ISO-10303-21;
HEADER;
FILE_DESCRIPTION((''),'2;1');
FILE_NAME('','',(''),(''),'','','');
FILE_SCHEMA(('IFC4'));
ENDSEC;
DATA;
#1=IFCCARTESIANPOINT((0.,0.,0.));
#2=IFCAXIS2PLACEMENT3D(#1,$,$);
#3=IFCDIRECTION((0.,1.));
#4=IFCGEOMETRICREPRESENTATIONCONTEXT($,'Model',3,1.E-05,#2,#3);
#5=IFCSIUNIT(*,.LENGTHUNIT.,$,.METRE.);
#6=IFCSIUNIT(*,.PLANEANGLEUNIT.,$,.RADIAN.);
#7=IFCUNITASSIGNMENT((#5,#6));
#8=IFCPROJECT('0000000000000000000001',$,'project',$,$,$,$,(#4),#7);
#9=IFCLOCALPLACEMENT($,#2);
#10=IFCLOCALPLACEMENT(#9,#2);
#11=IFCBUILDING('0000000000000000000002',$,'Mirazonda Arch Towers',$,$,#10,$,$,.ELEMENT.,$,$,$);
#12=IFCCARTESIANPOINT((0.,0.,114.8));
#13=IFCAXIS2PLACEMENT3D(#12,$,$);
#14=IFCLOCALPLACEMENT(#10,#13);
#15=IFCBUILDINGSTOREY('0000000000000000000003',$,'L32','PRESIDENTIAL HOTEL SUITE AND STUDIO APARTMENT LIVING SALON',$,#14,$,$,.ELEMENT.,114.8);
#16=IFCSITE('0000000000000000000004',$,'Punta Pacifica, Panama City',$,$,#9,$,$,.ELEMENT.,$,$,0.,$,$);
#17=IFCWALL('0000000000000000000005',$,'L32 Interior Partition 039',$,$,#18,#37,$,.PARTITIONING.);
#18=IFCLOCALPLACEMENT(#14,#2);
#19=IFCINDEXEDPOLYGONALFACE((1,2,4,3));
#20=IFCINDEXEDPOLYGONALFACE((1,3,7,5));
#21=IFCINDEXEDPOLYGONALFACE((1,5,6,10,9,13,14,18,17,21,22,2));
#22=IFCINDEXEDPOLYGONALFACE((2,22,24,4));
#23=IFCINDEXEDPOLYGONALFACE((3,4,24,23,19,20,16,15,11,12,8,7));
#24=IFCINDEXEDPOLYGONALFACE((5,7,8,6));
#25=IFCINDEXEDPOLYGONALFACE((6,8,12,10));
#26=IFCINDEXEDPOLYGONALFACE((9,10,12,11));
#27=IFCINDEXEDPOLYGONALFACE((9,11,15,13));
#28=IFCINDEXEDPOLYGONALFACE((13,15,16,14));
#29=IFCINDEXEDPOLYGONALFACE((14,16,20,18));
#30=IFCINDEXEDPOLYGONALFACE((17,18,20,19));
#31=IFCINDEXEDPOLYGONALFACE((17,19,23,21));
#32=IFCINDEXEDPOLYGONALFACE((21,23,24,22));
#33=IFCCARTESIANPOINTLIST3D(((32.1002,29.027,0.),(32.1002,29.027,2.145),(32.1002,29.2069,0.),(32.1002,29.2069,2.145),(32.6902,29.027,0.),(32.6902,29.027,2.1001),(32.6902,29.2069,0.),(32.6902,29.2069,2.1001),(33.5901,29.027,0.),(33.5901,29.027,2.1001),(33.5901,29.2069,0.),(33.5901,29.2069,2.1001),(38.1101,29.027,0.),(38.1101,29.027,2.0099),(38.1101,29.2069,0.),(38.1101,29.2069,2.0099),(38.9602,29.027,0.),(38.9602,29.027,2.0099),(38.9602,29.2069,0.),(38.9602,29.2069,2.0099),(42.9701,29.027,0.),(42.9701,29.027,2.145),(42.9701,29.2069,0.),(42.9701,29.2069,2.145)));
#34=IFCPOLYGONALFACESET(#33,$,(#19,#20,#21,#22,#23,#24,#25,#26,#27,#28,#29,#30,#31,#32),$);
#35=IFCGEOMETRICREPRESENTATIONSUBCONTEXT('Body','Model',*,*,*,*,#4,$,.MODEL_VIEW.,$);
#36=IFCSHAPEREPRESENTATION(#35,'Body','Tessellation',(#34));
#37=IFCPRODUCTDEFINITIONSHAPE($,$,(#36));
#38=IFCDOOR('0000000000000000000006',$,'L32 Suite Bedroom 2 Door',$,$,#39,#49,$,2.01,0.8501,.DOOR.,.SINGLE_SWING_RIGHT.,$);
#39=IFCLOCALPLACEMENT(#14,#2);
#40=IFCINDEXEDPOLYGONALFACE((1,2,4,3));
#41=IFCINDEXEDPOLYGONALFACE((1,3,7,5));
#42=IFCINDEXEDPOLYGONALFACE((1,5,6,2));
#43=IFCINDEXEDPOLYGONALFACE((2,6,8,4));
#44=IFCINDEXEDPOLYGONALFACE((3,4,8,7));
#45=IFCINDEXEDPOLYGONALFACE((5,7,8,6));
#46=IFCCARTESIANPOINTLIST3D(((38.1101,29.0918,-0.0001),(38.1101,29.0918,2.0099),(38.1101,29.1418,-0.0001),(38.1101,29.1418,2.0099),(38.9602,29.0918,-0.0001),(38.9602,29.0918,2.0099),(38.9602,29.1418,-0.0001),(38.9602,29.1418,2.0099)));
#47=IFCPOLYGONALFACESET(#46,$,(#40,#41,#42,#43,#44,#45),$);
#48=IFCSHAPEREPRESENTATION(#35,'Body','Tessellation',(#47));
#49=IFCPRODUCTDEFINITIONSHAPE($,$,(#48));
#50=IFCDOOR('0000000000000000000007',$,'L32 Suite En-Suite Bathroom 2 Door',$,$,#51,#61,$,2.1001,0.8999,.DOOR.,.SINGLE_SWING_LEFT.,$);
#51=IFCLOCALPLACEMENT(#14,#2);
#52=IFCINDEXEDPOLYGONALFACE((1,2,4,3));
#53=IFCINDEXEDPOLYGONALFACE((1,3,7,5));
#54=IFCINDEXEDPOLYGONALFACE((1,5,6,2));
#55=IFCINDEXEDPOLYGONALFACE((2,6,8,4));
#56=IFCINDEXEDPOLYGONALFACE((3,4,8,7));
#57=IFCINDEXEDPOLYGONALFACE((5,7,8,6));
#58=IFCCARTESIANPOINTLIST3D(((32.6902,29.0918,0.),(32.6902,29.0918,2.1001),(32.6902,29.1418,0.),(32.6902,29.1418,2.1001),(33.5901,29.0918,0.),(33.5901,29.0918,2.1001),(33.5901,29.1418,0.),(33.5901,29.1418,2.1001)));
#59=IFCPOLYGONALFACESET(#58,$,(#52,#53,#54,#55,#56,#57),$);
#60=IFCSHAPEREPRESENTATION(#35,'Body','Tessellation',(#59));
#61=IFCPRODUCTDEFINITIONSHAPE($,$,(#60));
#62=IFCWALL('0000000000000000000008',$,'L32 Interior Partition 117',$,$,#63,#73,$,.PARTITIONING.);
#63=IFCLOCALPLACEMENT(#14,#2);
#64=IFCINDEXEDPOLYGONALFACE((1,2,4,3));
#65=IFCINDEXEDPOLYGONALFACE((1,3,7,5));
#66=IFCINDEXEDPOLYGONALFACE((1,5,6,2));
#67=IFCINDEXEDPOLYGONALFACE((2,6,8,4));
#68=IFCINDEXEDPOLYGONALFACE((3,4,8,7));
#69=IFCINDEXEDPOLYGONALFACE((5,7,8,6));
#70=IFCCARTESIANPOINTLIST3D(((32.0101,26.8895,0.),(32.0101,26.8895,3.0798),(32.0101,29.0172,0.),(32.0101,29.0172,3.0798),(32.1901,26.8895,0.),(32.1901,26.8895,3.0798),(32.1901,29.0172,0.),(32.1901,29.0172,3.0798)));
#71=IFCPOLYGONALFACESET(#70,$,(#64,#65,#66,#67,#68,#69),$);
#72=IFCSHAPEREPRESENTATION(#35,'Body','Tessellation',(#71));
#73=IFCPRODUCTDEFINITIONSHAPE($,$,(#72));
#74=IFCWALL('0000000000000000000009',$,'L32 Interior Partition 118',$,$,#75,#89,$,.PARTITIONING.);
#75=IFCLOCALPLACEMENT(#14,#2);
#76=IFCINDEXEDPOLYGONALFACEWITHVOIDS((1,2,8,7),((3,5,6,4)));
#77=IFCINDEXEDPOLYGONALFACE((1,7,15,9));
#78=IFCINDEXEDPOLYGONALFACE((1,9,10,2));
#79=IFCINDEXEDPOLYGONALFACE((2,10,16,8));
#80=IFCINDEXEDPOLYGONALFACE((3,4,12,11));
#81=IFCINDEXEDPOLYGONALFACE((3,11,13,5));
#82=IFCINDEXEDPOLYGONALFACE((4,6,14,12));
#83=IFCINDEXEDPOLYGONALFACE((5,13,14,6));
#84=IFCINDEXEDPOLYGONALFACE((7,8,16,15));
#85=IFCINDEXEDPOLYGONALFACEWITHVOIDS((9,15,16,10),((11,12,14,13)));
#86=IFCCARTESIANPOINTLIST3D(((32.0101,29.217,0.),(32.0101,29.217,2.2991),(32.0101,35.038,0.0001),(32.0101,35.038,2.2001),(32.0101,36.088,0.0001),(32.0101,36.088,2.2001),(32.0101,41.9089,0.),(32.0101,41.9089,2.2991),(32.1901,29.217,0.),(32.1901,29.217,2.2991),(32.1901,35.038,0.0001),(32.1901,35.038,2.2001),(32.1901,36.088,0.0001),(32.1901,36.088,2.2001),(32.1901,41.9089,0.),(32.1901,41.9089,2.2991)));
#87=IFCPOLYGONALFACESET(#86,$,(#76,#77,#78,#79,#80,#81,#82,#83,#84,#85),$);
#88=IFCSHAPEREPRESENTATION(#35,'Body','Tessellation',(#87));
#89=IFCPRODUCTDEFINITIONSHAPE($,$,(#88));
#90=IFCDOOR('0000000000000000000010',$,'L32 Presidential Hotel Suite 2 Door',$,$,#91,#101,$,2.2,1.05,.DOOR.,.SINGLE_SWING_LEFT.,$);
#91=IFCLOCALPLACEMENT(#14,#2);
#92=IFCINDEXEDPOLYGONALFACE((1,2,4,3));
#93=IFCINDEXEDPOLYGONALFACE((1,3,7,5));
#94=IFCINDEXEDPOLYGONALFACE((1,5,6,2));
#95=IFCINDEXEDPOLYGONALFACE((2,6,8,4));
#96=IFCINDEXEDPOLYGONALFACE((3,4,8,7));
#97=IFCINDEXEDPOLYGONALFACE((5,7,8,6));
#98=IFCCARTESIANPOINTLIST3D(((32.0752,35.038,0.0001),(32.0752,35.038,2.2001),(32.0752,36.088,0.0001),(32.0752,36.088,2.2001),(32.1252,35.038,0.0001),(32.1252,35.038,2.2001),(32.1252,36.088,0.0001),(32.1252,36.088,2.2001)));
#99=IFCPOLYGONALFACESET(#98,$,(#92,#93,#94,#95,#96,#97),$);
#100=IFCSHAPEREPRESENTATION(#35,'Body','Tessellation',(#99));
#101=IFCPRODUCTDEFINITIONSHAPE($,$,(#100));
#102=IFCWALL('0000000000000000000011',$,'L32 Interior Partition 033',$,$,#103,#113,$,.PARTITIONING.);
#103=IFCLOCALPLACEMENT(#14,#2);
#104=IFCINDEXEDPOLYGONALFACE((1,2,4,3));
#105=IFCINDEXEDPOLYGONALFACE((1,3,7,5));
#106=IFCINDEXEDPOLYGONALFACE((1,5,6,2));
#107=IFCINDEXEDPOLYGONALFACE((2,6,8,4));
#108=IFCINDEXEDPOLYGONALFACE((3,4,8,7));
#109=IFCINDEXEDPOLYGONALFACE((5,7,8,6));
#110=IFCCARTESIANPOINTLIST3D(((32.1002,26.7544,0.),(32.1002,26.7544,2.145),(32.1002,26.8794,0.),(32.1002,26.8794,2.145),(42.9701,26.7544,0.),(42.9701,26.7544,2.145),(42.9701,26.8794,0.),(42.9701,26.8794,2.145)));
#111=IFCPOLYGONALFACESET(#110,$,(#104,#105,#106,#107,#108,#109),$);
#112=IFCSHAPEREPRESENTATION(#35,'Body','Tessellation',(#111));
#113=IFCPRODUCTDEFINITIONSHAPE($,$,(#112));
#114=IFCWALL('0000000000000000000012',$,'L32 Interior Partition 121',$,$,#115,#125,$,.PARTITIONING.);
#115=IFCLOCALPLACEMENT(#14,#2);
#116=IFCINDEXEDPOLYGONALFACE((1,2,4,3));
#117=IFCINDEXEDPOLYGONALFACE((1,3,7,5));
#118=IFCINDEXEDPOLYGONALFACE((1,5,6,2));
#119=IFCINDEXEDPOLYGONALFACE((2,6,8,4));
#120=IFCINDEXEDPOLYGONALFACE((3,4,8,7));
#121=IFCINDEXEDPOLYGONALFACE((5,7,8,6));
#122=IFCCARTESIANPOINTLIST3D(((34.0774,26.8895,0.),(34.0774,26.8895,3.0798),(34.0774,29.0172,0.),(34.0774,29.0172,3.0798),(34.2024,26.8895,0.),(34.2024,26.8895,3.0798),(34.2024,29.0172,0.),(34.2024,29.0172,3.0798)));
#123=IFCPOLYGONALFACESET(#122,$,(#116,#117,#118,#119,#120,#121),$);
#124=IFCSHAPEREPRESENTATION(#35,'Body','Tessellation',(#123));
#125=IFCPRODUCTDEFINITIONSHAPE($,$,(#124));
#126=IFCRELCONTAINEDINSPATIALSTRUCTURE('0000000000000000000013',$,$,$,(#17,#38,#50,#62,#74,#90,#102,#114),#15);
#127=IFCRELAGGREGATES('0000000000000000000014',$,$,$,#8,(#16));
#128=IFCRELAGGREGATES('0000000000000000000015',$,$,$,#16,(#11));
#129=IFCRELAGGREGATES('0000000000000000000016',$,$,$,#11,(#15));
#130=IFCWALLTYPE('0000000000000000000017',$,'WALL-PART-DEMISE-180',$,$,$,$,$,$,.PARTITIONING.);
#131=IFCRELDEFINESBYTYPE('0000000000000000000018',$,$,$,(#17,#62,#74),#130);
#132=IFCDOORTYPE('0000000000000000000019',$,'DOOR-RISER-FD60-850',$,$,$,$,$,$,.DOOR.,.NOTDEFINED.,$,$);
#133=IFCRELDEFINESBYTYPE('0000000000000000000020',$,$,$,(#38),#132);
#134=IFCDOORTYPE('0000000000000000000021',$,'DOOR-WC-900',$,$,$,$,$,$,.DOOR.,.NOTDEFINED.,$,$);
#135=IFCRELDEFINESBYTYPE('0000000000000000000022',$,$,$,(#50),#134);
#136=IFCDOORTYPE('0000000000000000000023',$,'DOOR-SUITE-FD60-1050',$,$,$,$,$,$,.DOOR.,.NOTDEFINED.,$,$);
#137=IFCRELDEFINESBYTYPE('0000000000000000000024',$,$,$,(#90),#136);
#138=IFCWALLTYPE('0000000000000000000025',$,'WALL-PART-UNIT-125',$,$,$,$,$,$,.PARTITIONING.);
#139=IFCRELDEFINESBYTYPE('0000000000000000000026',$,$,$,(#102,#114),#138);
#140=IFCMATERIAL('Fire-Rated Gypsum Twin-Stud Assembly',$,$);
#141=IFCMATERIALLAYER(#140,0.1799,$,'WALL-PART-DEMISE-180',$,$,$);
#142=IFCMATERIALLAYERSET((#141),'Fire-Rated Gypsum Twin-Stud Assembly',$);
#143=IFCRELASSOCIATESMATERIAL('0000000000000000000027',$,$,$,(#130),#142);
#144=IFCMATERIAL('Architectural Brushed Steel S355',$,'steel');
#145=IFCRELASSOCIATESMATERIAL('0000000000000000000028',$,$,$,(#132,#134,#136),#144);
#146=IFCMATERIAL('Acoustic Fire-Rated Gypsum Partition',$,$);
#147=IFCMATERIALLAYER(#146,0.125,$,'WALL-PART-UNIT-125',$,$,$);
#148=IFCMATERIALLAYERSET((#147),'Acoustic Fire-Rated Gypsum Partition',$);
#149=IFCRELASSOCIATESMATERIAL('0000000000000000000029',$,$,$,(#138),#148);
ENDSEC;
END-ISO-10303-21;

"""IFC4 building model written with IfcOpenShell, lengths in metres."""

from ifc_helpers import new_model, si_unit, direction, frame, frame_2d, origin, place, context, subcontext, project, spatial, rectangle, extrude, material, layer, layer_set, type_object, element, fill, save


model = new_model("IFC4")

# Units and contexts
model_context = context("Model", 3, precision=1e-05, world=origin(), true_north=direction((0.0, 1.0)))
body_context = subcontext(model_context, "Body", "Model", "MODEL_VIEW")
ifc_project = project(units=[si_unit("LENGTHUNIT", "METRE"), si_unit("PLANEANGLEUNIT", "RADIAN")], contexts=[model_context])

# Site, building, storey
site_placement = place(None, origin())
site = spatial("IfcSite", under=ifc_project, at=site_placement, Name="Punta Pacifica, Panama City", CompositionType="ELEMENT", RefElevation=0.0)
building_placement = place(site_placement, origin())
building = spatial("IfcBuilding", under=site, at=building_placement, Name="Mirazonda Arch Towers", CompositionType="ELEMENT")
storey_placement = place(building_placement, frame((0.0, 0.0, 114.8)))
storey = spatial("IfcBuildingStorey", under=building, at=storey_placement, Name="L32", Description="PRESIDENTIAL HOTEL SUITE AND STUDIO APARTMENT LIVING SALON", CompositionType="ELEMENT", Elevation=114.8)

# Wall, openings, doors
ifc_material_1 = material(Name="Fire-Rated Gypsum Twin-Stud Assembly")
ifc_layer_1 = layer(ifc_material_1, 0.1799, Name="WALL-PART-DEMISE-180")
ifc_layer_set_1 = layer_set([ifc_layer_1], Name="Fire-Rated Gypsum Twin-Stud Assembly")
wall_type_1 = type_object("IfcWallType", Name="WALL-PART-DEMISE-180", PredefinedType="PARTITIONING", material=ifc_layer_set_1)
wall_1_placement = place(storey_placement, frame((32.1001, 29.1169, 0.0), z_axis=(0.0, 0.0, 1.0), x_axis=(1.0, 0.0, 0.0)))
wall_1 = element("IfcWall", 1, at=wall_1_placement, inside=storey, type_object=wall_type_1, Name="L32 Interior Partition 039", PredefinedType="PARTITIONING", context=body_context, shape_type="SweptSolid", body=[
    extrude(rectangle(XDim=10.8699, YDim=0.1799, at=frame_2d((5.4351, 0.0))), origin(), (0.0, 0.0, 1.0), 2.145),
])
opening_1_placement = place(wall_1_placement, frame((6.01, 0.0, 0.0)))
opening_1 = element("IfcOpeningElement", 2, at=opening_1_placement, cuts=wall_1, PredefinedType="OPENING", context=body_context, shape_type="SweptSolid", body=[
    extrude(rectangle(XDim=0.8501, YDim=2.01, at=frame_2d((0.425, 1.0049))), frame((0.0, 0.0999, 0.0), z_axis=(0.0, -1.0, 0.0), x_axis=(1.0, 0.0, 0.0)), (0.0, 0.0, 1.0), 0.2),
])
opening_2_placement = place(wall_1_placement, frame((0.5901, 0.0, 0.0)))
opening_2 = element("IfcOpeningElement", 3, at=opening_2_placement, cuts=wall_1, PredefinedType="OPENING", context=body_context, shape_type="SweptSolid", body=[
    extrude(rectangle(XDim=0.8999, YDim=2.1001, at=frame_2d((0.45, 1.05))), frame((0.0, 0.0999, 0.0), z_axis=(0.0, -1.0, 0.0), x_axis=(1.0, 0.0, 0.0)), (0.0, 0.0, 1.0), 0.2),
])
ifc_material_2 = material(Name="Architectural Brushed Steel S355", Category="steel")
door_type_1 = type_object("IfcDoorType", Name="DOOR-RISER-FD60-850", OperationType="NOTDEFINED", PredefinedType="DOOR", material=ifc_material_2)
door_1_placement = place(opening_1_placement, origin())
door_1 = element("IfcDoor", 4, at=door_1_placement, inside=storey, type_object=door_type_1, Name="L32 Suite Bedroom 2 Door", OperationType="SINGLE_SWING_RIGHT", OverallHeight=2.01, OverallWidth=0.8501, PredefinedType="DOOR", context=body_context, shape_type="SweptSolid", body=[
    extrude(rectangle(XDim=0.8501, YDim=2.01, at=frame_2d((0.425, 1.0049))), frame((0.0, 0.0249, 0.0), z_axis=(0.0, -1.0, 0.0), x_axis=(1.0, 0.0, 0.0)), (0.0, 0.0, 1.0), 0.05),
])
fill(opening_1, door_1)
door_type_2 = type_object("IfcDoorType", Name="DOOR-WC-900", OperationType="NOTDEFINED", PredefinedType="DOOR", material=ifc_material_2)
door_2_placement = place(opening_2_placement, origin())
door_2 = element("IfcDoor", 5, at=door_2_placement, inside=storey, type_object=door_type_2, Name="L32 Suite En-Suite Bathroom 2 Door", OperationType="SINGLE_SWING_LEFT", OverallHeight=2.1001, OverallWidth=0.8999, PredefinedType="DOOR", context=body_context, shape_type="SweptSolid", body=[
    extrude(rectangle(XDim=0.8999, YDim=2.1001, at=frame_2d((0.45, 1.05))), frame((0.0, 0.0249, 0.0), z_axis=(0.0, -1.0, 0.0), x_axis=(1.0, 0.0, 0.0)), (0.0, 0.0, 1.0), 0.05),
])
fill(opening_2, door_2)

# Wall
wall_2_placement = place(storey_placement, frame((32.1001, 26.8894, 0.0), z_axis=(0.0, 0.0, 1.0), x_axis=(0.0, 1.0, 0.0)))
element("IfcWall", 6, at=wall_2_placement, inside=storey, type_object=wall_type_1, Name="L32 Interior Partition 117", PredefinedType="PARTITIONING", context=body_context, shape_type="SweptSolid", body=[
    extrude(rectangle(XDim=2.1277, YDim=0.1799, at=frame_2d((1.064, 0.0))), origin(), (0.0, 0.0, 1.0), 3.0798),
])

# Wall, opening, door
wall_3_placement = place(storey_placement, frame((32.1001, 29.217, 0.0), z_axis=(0.0, 0.0, 1.0), x_axis=(0.0, 1.0, 0.0)))
wall_3 = element("IfcWall", 7, at=wall_3_placement, inside=storey, type_object=wall_type_1, Name="L32 Interior Partition 118", PredefinedType="PARTITIONING", context=body_context, shape_type="SweptSolid", body=[
    extrude(rectangle(XDim=12.6919, YDim=0.1799, at=frame_2d((6.3459, 0.0))), origin(), (0.0, 0.0, 1.0), 2.2991),
])
opening_3_placement = place(wall_3_placement, frame((5.821, 0.0, 0.0)))
opening_3 = element("IfcOpeningElement", 8, at=opening_3_placement, cuts=wall_3, PredefinedType="OPENING", context=body_context, shape_type="SweptSolid", body=[
    extrude(rectangle(XDim=1.05, YDim=2.2, at=frame_2d((0.5249, 1.1001))), frame((0.0, 0.0999, 0.0), z_axis=(0.0, -1.0, 0.0), x_axis=(1.0, 0.0, 0.0)), (0.0, 0.0, 1.0), 0.2),
])
door_type_3 = type_object("IfcDoorType", Name="DOOR-SUITE-FD60-1050", OperationType="NOTDEFINED", PredefinedType="DOOR", material=ifc_material_2)
door_3_placement = place(opening_3_placement, origin())
door_3 = element("IfcDoor", 9, at=door_3_placement, inside=storey, type_object=door_type_3, Name="L32 Presidential Hotel Suite 2 Door", OperationType="SINGLE_SWING_LEFT", OverallHeight=2.2, OverallWidth=1.05, PredefinedType="DOOR", context=body_context, shape_type="SweptSolid", body=[
    extrude(rectangle(XDim=1.05, YDim=2.2, at=frame_2d((0.5249, 1.1001))), frame((0.0, 0.0249, 0.0), z_axis=(0.0, -1.0, 0.0), x_axis=(1.0, 0.0, 0.0)), (0.0, 0.0, 1.0), 0.05),
])
fill(opening_3, door_3)

# Walls
ifc_material_3 = material(Name="Acoustic Fire-Rated Gypsum Partition")
ifc_layer_2 = layer(ifc_material_3, 0.125, Name="WALL-PART-UNIT-125")
ifc_layer_set_2 = layer_set([ifc_layer_2], Name="Acoustic Fire-Rated Gypsum Partition")
wall_type_2 = type_object("IfcWallType", Name="WALL-PART-UNIT-125", PredefinedType="PARTITIONING", material=ifc_layer_set_2)
wall_4_placement = place(storey_placement, frame((32.1001, 26.8169, 0.0), z_axis=(0.0, 0.0, 1.0), x_axis=(1.0, 0.0, 0.0)))
element("IfcWall", 10, at=wall_4_placement, inside=storey, type_object=wall_type_2, Name="L32 Interior Partition 033", PredefinedType="PARTITIONING", context=body_context, shape_type="SweptSolid", body=[
    extrude(rectangle(XDim=10.8699, YDim=0.125, at=frame_2d((5.4351, 0.0))), origin(), (0.0, 0.0, 1.0), 2.145),
])
wall_5_placement = place(storey_placement, frame((34.1399, 26.8894, 0.0), z_axis=(0.0, 0.0, 1.0), x_axis=(0.0, 1.0, 0.0)))
element("IfcWall", 11, at=wall_5_placement, inside=storey, type_object=wall_type_2, Name="L32 Interior Partition 121", PredefinedType="PARTITIONING", context=body_context, shape_type="SweptSolid", body=[
    extrude(rectangle(XDim=2.1277, YDim=0.125, at=frame_2d((1.064, 0.0))), origin(), (0.0, 0.0, 1.0), 3.0798),
])

save(model, "model.ifc")
